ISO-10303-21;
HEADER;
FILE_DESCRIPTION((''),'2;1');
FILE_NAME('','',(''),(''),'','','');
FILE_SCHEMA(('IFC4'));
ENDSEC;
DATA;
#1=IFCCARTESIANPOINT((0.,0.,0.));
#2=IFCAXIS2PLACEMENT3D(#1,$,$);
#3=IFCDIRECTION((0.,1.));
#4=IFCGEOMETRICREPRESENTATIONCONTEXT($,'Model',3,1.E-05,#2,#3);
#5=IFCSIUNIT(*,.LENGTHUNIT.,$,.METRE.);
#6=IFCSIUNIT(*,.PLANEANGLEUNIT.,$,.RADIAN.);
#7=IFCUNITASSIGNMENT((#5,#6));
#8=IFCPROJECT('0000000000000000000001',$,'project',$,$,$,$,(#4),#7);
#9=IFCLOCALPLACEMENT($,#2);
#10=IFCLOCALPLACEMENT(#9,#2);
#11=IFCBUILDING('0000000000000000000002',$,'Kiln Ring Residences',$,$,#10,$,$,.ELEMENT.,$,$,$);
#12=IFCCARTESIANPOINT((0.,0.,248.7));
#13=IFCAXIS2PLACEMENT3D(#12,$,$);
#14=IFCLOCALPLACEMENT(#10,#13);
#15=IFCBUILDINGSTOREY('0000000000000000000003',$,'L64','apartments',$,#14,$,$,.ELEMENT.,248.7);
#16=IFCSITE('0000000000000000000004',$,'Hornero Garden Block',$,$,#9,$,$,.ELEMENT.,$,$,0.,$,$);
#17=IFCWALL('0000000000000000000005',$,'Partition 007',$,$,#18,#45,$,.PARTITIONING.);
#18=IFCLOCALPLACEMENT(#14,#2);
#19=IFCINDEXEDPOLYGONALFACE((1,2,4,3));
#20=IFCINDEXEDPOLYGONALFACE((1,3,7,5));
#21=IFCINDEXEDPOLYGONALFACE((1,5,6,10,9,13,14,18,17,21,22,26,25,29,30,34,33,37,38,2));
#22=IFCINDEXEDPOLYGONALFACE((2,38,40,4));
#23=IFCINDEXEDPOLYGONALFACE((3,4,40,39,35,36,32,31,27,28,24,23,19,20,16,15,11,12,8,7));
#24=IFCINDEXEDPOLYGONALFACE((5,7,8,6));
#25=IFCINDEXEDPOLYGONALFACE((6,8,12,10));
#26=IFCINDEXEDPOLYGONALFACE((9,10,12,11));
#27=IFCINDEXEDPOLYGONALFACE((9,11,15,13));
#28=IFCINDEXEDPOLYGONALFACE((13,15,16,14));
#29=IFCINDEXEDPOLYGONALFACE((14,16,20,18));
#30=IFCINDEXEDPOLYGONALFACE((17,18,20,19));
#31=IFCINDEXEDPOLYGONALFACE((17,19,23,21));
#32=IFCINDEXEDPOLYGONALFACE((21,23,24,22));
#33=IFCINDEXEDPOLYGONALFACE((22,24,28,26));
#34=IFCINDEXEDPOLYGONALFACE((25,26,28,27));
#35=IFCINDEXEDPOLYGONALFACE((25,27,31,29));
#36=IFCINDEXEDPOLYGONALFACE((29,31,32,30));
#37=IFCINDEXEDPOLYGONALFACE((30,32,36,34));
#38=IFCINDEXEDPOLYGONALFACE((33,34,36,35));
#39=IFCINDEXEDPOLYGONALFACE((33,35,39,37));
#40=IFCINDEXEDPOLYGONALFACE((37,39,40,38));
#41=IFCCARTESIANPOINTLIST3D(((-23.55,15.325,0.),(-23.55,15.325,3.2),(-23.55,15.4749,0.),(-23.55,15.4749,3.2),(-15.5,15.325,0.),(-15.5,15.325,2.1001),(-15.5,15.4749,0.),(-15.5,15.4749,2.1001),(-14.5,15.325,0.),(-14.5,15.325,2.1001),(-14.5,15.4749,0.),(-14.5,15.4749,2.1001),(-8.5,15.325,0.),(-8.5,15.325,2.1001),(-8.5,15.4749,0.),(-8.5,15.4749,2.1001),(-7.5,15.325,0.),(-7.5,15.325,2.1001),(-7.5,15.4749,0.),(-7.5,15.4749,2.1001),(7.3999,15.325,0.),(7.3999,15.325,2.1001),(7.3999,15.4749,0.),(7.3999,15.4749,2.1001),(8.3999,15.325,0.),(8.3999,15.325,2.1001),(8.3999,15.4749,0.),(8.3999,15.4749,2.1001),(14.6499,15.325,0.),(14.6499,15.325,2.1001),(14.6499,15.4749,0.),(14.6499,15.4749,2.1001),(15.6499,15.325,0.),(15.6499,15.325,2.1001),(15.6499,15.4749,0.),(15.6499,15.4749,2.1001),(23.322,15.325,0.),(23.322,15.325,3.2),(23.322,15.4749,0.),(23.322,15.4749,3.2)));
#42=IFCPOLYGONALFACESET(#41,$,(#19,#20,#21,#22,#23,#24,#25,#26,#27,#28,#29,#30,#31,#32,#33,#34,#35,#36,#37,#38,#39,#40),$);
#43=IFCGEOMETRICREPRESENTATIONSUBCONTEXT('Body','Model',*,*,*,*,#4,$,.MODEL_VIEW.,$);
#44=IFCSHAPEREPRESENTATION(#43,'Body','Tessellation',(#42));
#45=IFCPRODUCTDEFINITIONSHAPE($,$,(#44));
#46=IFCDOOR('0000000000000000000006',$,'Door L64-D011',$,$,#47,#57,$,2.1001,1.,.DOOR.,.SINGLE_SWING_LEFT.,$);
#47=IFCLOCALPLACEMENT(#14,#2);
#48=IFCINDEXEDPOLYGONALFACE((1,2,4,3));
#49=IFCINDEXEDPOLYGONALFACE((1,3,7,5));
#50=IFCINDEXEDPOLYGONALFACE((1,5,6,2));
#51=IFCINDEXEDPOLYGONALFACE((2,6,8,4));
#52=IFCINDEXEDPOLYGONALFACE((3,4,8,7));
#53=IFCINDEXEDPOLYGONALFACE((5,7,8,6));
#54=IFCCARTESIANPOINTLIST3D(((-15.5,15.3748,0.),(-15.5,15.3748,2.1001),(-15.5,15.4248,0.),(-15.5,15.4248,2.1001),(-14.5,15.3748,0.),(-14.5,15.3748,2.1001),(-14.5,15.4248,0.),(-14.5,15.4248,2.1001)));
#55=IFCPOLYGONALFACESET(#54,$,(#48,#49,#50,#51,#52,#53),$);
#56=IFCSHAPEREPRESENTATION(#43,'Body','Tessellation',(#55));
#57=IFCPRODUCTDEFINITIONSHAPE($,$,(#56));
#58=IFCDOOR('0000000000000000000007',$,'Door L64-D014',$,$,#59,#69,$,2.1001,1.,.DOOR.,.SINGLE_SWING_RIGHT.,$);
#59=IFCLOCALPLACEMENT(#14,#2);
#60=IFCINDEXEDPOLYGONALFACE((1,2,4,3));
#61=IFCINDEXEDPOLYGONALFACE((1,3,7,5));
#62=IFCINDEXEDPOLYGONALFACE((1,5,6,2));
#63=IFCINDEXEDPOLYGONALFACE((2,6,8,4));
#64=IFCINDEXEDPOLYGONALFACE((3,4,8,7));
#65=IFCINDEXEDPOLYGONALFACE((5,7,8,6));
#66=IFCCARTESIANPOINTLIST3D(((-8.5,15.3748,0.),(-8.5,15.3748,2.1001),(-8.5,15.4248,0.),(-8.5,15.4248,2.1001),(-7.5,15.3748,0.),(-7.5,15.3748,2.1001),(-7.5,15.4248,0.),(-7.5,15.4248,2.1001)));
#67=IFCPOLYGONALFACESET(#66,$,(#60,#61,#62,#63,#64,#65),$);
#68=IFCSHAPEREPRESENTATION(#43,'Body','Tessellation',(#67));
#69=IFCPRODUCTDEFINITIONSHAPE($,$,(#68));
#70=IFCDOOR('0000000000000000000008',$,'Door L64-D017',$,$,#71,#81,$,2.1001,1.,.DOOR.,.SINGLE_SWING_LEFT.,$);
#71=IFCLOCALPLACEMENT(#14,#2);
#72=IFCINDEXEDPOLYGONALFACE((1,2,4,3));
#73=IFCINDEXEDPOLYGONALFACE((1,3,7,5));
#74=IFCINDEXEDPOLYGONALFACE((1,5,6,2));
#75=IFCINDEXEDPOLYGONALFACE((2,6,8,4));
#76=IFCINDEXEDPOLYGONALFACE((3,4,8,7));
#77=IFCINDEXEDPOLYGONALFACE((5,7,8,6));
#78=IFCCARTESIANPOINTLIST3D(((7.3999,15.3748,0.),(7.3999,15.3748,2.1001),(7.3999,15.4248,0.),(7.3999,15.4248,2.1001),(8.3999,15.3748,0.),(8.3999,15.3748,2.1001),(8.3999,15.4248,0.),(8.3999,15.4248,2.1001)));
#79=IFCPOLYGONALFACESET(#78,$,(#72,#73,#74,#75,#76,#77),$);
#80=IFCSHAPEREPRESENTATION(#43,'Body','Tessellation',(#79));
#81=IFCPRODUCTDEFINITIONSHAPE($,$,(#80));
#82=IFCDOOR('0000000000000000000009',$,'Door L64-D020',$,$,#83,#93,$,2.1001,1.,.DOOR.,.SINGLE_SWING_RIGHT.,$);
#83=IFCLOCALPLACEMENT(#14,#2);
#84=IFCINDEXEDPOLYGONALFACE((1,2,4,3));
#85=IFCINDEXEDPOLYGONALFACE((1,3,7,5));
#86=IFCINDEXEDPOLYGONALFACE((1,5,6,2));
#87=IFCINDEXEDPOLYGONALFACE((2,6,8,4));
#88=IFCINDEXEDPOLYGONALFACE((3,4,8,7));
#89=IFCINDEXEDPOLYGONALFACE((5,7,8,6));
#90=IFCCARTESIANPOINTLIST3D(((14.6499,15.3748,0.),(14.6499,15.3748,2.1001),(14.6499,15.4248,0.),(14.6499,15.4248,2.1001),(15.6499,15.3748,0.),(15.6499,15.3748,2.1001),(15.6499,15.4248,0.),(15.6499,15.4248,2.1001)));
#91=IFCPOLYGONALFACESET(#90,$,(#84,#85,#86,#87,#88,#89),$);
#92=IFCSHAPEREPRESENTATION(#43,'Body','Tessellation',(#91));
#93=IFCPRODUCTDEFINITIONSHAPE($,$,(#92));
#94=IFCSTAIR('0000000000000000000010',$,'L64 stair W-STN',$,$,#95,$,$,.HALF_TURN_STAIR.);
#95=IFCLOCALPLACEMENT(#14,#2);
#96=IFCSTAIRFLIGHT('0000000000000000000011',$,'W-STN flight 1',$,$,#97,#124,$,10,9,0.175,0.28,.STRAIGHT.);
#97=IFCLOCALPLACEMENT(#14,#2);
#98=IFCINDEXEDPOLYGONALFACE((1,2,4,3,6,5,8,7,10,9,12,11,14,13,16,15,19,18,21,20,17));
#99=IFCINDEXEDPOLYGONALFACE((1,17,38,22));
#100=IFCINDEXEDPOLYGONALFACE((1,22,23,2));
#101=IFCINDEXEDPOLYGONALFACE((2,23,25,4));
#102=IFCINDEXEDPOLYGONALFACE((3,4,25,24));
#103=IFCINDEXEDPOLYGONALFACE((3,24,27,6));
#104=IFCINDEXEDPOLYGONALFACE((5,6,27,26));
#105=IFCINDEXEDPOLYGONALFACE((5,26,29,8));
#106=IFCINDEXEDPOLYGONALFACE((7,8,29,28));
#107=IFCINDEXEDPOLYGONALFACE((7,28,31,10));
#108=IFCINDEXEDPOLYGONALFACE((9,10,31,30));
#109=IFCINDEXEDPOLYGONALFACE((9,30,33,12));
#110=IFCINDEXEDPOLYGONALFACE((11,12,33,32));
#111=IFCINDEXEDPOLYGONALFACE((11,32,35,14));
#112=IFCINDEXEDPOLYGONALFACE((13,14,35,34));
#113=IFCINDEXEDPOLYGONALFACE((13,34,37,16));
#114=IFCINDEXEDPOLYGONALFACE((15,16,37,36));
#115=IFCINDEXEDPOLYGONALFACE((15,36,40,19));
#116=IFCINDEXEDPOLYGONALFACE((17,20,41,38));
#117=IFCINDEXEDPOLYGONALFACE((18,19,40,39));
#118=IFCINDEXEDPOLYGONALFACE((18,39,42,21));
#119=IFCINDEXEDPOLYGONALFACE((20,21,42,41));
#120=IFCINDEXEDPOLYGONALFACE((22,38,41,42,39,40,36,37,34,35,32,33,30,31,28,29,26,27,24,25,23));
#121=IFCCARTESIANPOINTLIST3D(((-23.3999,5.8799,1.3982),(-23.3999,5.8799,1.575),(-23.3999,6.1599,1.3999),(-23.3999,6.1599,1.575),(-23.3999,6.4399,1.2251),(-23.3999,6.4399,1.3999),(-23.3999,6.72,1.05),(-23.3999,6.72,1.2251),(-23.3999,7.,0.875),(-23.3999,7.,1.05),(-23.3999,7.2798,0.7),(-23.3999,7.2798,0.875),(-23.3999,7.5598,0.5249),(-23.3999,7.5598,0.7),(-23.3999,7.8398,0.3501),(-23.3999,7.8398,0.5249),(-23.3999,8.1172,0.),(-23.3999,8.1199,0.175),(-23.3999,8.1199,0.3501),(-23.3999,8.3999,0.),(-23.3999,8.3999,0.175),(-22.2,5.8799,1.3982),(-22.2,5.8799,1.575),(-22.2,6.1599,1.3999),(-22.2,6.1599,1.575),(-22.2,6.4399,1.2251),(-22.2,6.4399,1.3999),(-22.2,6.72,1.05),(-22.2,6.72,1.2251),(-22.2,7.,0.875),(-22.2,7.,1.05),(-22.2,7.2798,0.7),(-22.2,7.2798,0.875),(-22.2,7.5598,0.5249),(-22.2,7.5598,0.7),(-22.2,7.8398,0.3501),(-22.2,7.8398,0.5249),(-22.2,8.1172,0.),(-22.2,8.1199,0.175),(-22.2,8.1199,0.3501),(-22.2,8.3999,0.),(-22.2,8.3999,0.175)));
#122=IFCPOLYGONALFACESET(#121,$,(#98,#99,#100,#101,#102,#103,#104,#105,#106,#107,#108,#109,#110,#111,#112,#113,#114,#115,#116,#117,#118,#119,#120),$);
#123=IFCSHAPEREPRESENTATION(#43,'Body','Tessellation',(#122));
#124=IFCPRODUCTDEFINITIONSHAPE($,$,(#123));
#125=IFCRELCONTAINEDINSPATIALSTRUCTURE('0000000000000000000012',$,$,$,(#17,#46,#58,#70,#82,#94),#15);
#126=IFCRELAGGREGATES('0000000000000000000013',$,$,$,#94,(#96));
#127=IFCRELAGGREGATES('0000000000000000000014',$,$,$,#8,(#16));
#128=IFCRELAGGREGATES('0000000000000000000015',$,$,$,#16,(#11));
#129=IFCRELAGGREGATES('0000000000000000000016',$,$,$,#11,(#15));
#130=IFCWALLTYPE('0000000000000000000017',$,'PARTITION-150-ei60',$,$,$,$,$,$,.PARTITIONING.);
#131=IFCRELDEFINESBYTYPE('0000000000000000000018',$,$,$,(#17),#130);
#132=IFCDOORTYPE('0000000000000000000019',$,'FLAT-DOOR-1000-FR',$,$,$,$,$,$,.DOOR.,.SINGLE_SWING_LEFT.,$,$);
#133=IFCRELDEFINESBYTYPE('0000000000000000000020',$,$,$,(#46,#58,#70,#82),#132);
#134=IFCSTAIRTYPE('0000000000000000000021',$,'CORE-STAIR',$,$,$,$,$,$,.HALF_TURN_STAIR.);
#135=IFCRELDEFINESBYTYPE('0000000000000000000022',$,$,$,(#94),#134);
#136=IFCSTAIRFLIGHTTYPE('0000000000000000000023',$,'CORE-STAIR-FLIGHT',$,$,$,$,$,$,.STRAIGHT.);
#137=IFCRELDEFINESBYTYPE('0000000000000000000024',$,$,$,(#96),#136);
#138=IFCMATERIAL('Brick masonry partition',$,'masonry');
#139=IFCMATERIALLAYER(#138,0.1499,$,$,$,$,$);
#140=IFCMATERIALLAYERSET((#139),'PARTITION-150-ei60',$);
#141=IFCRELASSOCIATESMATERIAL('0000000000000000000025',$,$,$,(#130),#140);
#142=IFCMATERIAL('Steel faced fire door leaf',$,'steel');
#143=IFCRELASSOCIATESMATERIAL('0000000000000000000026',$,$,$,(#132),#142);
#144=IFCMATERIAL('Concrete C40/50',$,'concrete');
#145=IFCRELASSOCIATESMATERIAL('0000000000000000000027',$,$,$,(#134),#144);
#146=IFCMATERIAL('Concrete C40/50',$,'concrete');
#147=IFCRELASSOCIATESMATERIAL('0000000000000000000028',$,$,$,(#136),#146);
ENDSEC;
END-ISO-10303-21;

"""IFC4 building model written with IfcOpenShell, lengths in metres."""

from ifc_helpers import new_model, si_unit, direction, frame, frame_2d, origin, place, context, subcontext, project, spatial, polyline, rectangle, outline, extrude, material, layer, layer_set, type_object, element, fill, aggregate, save


model = new_model("IFC4")

# Units and contexts
model_context = context("Model", 3, precision=1e-05, world=origin(), true_north=direction((0.0, 1.0)))
body_context = subcontext(model_context, "Body", "Model", "MODEL_VIEW")
ifc_project = project(units=[si_unit("LENGTHUNIT", "METRE"), si_unit("PLANEANGLEUNIT", "RADIAN")], contexts=[model_context])

# Site, building, storey
site_placement = place(None, origin())
site = spatial("IfcSite", under=ifc_project, at=site_placement, Name="Hornero Garden Block", CompositionType="ELEMENT", RefElevation=0.0)
building_placement = place(site_placement, origin())
building = spatial("IfcBuilding", under=site, at=building_placement, Name="Kiln Ring Residences", CompositionType="ELEMENT")
storey_placement = place(building_placement, frame((0.0, 0.0, 248.7)))
storey = spatial("IfcBuildingStorey", under=building, at=storey_placement, Name="L64", Description="apartments", CompositionType="ELEMENT", Elevation=248.7)

# Wall, openings, doors
ifc_material_1 = material(Name="Brick masonry partition", Category="masonry")
ifc_layer_1 = layer(ifc_material_1, 0.1499)
ifc_layer_set_1 = layer_set([ifc_layer_1], Name="PARTITION-150-ei60")
wall_type_1 = type_object("IfcWallType", Name="PARTITION-150-ei60", PredefinedType="PARTITIONING", material=ifc_layer_set_1)
wall_1_placement = place(storey_placement, frame((-23.55, 15.3999, 0.0), z_axis=(0.0, 0.0, 1.0), x_axis=(1.0, 0.0, 0.0)))
wall_1 = element("IfcWall", 1, at=wall_1_placement, inside=storey, type_object=wall_type_1, Name="Partition 007", PredefinedType="PARTITIONING", context=body_context, shape_type="SweptSolid", body=[
    extrude(rectangle(XDim=46.8721, YDim=0.1499, at=frame_2d((23.436, 0.0))), origin(), (0.0, 0.0, 1.0), 3.2),
])
opening_1_placement = place(wall_1_placement, frame((8.05, 0.0, 0.0)))
opening_1 = element("IfcOpeningElement", 2, at=opening_1_placement, cuts=wall_1, PredefinedType="OPENING", context=body_context, shape_type="SweptSolid", body=[
    extrude(rectangle(XDim=1.0, YDim=2.1001, at=frame_2d((0.5, 1.05))), frame((0.0, 0.085, 0.0), z_axis=(0.0, -1.0, 0.0), x_axis=(1.0, 0.0, 0.0)), (0.0, 0.0, 1.0), 0.1699),
])
opening_2_placement = place(wall_1_placement, frame((15.05, 0.0, 0.0)))
opening_2 = element("IfcOpeningElement", 3, at=opening_2_placement, cuts=wall_1, PredefinedType="OPENING", context=body_context, shape_type="SweptSolid", body=[
    extrude(rectangle(XDim=1.0, YDim=2.1001, at=frame_2d((0.5, 1.05))), frame((0.0, 0.085, 0.0), z_axis=(0.0, -1.0, 0.0), x_axis=(1.0, 0.0, 0.0)), (0.0, 0.0, 1.0), 0.1699),
])
opening_3_placement = place(wall_1_placement, frame((30.95, 0.0, 0.0)))
opening_3 = element("IfcOpeningElement", 4, at=opening_3_placement, cuts=wall_1, PredefinedType="OPENING", context=body_context, shape_type="SweptSolid", body=[
    extrude(rectangle(XDim=1.0, YDim=2.1001, at=frame_2d((0.5, 1.05))), frame((0.0, 0.085, 0.0), z_axis=(0.0, -1.0, 0.0), x_axis=(1.0, 0.0, 0.0)), (0.0, 0.0, 1.0), 0.1699),
])
opening_4_placement = place(wall_1_placement, frame((38.2, 0.0, 0.0)))
opening_4 = element("IfcOpeningElement", 5, at=opening_4_placement, cuts=wall_1, PredefinedType="OPENING", context=body_context, shape_type="SweptSolid", body=[
    extrude(rectangle(XDim=1.0, YDim=2.1001, at=frame_2d((0.5, 1.05))), frame((0.0, 0.085, 0.0), z_axis=(0.0, -1.0, 0.0), x_axis=(1.0, 0.0, 0.0)), (0.0, 0.0, 1.0), 0.1699),
])
ifc_material_2 = material(Name="Steel faced fire door leaf", Category="steel")
door_type = type_object("IfcDoorType", Name="FLAT-DOOR-1000-FR", OperationType="SINGLE_SWING_LEFT", PredefinedType="DOOR", material=ifc_material_2)
door_1_placement = place(opening_1_placement, origin())
door_1 = element("IfcDoor", 6, at=door_1_placement, inside=storey, type_object=door_type, Name="Door L64-D011", OperationType="SINGLE_SWING_LEFT", OverallHeight=2.1001, OverallWidth=1.0, PredefinedType="DOOR", context=body_context, shape_type="SweptSolid", body=[
    extrude(rectangle(XDim=1.0, YDim=2.1001, at=frame_2d((0.5, 1.05))), frame((0.0, 0.0249, 0.0), z_axis=(0.0, -1.0, 0.0), x_axis=(1.0, 0.0, 0.0)), (0.0, 0.0, 1.0), 0.05),
])
fill(opening_1, door_1)
door_2_placement = place(opening_2_placement, origin())
door_2 = element("IfcDoor", 7, at=door_2_placement, inside=storey, type_object=door_type, Name="Door L64-D014", OperationType="SINGLE_SWING_RIGHT", OverallHeight=2.1001, OverallWidth=1.0, PredefinedType="DOOR", context=body_context, shape_type="SweptSolid", body=[
    extrude(rectangle(XDim=1.0, YDim=2.1001, at=frame_2d((0.5, 1.05))), frame((0.0, 0.0249, 0.0), z_axis=(0.0, -1.0, 0.0), x_axis=(1.0, 0.0, 0.0)), (0.0, 0.0, 1.0), 0.05),
])
fill(opening_2, door_2)
door_3_placement = place(opening_3_placement, origin())
door_3 = element("IfcDoor", 8, at=door_3_placement, inside=storey, type_object=door_type, Name="Door L64-D017", OperationType="SINGLE_SWING_LEFT", OverallHeight=2.1001, OverallWidth=1.0, PredefinedType="DOOR", context=body_context, shape_type="SweptSolid", body=[
    extrude(rectangle(XDim=1.0, YDim=2.1001, at=frame_2d((0.5, 1.05))), frame((0.0, 0.0249, 0.0), z_axis=(0.0, -1.0, 0.0), x_axis=(1.0, 0.0, 0.0)), (0.0, 0.0, 1.0), 0.05),
])
fill(opening_3, door_3)
door_4_placement = place(opening_4_placement, origin())
door_4 = element("IfcDoor", 9, at=door_4_placement, inside=storey, type_object=door_type, Name="Door L64-D020", OperationType="SINGLE_SWING_RIGHT", OverallHeight=2.1001, OverallWidth=1.0, PredefinedType="DOOR", context=body_context, shape_type="SweptSolid", body=[
    extrude(rectangle(XDim=1.0, YDim=2.1001, at=frame_2d((0.5, 1.05))), frame((0.0, 0.0249, 0.0), z_axis=(0.0, -1.0, 0.0), x_axis=(1.0, 0.0, 0.0)), (0.0, 0.0, 1.0), 0.05),
])
fill(opening_4, door_4)

# Stair, stair flight
ifc_material_3 = material(Name="Concrete C40/50", Category="concrete")
stair_type = type_object("IfcStairType", Name="CORE-STAIR", PredefinedType="HALF_TURN_STAIR", material=ifc_material_3)
stair_placement = place(storey_placement, origin())
stair = element("IfcStair", 10, at=stair_placement, inside=storey, type_object=stair_type, Name="L64 stair W-STN", PredefinedType="HALF_TURN_STAIR")
ifc_material_4 = material(Name="Concrete C40/50", Category="concrete")
stair_flight_type = type_object("IfcStairFlightType", Name="CORE-STAIR-FLIGHT", PredefinedType="STRAIGHT", material=ifc_material_4)
stair_flight_placement = place(storey_placement, frame((-22.8, 8.3999, 0.0), z_axis=(0.0, 0.0, 1.0), x_axis=(0.0, -1.0, 0.0)))
stair_flight = element("IfcStairFlight", 11, at=stair_flight_placement, type_object=stair_flight_type, Name="W-STN flight 1", NumberOfRisers=10, NumberOfTreads=9, PredefinedType="STRAIGHT", RiserHeight=0.175, TreadLength=0.28, context=body_context, shape_type="SweptSolid", body=[
    extrude(outline(polyline([(0.0, 0.0), (0.0, 0.175), (0.28, 0.175), (0.28, 0.3501), (0.5601, 0.3501), (0.5601, 0.5249), (0.8401, 0.5249), (0.8401, 0.7), (1.1201, 0.7), (1.1201, 0.875), (1.3999, 0.875), (1.3999, 1.05), (1.6799, 1.05), (1.6799, 1.2251), (1.96, 1.2251), (1.96, 1.3999), (2.24, 1.3999), (2.24, 1.575), (2.52, 1.575), (2.52, 1.75), (2.52, 1.3982), (0.2827, 0.0), (0.0, 0.0)])), frame((0.0, 0.6001, 0.0), z_axis=(0.0, -1.0, 0.0), x_axis=(1.0, 0.0, 0.0)), (0.0, 0.0, 1.0), 1.2),
])
aggregate(stair, [stair_flight])

save(model, "model.ifc")
